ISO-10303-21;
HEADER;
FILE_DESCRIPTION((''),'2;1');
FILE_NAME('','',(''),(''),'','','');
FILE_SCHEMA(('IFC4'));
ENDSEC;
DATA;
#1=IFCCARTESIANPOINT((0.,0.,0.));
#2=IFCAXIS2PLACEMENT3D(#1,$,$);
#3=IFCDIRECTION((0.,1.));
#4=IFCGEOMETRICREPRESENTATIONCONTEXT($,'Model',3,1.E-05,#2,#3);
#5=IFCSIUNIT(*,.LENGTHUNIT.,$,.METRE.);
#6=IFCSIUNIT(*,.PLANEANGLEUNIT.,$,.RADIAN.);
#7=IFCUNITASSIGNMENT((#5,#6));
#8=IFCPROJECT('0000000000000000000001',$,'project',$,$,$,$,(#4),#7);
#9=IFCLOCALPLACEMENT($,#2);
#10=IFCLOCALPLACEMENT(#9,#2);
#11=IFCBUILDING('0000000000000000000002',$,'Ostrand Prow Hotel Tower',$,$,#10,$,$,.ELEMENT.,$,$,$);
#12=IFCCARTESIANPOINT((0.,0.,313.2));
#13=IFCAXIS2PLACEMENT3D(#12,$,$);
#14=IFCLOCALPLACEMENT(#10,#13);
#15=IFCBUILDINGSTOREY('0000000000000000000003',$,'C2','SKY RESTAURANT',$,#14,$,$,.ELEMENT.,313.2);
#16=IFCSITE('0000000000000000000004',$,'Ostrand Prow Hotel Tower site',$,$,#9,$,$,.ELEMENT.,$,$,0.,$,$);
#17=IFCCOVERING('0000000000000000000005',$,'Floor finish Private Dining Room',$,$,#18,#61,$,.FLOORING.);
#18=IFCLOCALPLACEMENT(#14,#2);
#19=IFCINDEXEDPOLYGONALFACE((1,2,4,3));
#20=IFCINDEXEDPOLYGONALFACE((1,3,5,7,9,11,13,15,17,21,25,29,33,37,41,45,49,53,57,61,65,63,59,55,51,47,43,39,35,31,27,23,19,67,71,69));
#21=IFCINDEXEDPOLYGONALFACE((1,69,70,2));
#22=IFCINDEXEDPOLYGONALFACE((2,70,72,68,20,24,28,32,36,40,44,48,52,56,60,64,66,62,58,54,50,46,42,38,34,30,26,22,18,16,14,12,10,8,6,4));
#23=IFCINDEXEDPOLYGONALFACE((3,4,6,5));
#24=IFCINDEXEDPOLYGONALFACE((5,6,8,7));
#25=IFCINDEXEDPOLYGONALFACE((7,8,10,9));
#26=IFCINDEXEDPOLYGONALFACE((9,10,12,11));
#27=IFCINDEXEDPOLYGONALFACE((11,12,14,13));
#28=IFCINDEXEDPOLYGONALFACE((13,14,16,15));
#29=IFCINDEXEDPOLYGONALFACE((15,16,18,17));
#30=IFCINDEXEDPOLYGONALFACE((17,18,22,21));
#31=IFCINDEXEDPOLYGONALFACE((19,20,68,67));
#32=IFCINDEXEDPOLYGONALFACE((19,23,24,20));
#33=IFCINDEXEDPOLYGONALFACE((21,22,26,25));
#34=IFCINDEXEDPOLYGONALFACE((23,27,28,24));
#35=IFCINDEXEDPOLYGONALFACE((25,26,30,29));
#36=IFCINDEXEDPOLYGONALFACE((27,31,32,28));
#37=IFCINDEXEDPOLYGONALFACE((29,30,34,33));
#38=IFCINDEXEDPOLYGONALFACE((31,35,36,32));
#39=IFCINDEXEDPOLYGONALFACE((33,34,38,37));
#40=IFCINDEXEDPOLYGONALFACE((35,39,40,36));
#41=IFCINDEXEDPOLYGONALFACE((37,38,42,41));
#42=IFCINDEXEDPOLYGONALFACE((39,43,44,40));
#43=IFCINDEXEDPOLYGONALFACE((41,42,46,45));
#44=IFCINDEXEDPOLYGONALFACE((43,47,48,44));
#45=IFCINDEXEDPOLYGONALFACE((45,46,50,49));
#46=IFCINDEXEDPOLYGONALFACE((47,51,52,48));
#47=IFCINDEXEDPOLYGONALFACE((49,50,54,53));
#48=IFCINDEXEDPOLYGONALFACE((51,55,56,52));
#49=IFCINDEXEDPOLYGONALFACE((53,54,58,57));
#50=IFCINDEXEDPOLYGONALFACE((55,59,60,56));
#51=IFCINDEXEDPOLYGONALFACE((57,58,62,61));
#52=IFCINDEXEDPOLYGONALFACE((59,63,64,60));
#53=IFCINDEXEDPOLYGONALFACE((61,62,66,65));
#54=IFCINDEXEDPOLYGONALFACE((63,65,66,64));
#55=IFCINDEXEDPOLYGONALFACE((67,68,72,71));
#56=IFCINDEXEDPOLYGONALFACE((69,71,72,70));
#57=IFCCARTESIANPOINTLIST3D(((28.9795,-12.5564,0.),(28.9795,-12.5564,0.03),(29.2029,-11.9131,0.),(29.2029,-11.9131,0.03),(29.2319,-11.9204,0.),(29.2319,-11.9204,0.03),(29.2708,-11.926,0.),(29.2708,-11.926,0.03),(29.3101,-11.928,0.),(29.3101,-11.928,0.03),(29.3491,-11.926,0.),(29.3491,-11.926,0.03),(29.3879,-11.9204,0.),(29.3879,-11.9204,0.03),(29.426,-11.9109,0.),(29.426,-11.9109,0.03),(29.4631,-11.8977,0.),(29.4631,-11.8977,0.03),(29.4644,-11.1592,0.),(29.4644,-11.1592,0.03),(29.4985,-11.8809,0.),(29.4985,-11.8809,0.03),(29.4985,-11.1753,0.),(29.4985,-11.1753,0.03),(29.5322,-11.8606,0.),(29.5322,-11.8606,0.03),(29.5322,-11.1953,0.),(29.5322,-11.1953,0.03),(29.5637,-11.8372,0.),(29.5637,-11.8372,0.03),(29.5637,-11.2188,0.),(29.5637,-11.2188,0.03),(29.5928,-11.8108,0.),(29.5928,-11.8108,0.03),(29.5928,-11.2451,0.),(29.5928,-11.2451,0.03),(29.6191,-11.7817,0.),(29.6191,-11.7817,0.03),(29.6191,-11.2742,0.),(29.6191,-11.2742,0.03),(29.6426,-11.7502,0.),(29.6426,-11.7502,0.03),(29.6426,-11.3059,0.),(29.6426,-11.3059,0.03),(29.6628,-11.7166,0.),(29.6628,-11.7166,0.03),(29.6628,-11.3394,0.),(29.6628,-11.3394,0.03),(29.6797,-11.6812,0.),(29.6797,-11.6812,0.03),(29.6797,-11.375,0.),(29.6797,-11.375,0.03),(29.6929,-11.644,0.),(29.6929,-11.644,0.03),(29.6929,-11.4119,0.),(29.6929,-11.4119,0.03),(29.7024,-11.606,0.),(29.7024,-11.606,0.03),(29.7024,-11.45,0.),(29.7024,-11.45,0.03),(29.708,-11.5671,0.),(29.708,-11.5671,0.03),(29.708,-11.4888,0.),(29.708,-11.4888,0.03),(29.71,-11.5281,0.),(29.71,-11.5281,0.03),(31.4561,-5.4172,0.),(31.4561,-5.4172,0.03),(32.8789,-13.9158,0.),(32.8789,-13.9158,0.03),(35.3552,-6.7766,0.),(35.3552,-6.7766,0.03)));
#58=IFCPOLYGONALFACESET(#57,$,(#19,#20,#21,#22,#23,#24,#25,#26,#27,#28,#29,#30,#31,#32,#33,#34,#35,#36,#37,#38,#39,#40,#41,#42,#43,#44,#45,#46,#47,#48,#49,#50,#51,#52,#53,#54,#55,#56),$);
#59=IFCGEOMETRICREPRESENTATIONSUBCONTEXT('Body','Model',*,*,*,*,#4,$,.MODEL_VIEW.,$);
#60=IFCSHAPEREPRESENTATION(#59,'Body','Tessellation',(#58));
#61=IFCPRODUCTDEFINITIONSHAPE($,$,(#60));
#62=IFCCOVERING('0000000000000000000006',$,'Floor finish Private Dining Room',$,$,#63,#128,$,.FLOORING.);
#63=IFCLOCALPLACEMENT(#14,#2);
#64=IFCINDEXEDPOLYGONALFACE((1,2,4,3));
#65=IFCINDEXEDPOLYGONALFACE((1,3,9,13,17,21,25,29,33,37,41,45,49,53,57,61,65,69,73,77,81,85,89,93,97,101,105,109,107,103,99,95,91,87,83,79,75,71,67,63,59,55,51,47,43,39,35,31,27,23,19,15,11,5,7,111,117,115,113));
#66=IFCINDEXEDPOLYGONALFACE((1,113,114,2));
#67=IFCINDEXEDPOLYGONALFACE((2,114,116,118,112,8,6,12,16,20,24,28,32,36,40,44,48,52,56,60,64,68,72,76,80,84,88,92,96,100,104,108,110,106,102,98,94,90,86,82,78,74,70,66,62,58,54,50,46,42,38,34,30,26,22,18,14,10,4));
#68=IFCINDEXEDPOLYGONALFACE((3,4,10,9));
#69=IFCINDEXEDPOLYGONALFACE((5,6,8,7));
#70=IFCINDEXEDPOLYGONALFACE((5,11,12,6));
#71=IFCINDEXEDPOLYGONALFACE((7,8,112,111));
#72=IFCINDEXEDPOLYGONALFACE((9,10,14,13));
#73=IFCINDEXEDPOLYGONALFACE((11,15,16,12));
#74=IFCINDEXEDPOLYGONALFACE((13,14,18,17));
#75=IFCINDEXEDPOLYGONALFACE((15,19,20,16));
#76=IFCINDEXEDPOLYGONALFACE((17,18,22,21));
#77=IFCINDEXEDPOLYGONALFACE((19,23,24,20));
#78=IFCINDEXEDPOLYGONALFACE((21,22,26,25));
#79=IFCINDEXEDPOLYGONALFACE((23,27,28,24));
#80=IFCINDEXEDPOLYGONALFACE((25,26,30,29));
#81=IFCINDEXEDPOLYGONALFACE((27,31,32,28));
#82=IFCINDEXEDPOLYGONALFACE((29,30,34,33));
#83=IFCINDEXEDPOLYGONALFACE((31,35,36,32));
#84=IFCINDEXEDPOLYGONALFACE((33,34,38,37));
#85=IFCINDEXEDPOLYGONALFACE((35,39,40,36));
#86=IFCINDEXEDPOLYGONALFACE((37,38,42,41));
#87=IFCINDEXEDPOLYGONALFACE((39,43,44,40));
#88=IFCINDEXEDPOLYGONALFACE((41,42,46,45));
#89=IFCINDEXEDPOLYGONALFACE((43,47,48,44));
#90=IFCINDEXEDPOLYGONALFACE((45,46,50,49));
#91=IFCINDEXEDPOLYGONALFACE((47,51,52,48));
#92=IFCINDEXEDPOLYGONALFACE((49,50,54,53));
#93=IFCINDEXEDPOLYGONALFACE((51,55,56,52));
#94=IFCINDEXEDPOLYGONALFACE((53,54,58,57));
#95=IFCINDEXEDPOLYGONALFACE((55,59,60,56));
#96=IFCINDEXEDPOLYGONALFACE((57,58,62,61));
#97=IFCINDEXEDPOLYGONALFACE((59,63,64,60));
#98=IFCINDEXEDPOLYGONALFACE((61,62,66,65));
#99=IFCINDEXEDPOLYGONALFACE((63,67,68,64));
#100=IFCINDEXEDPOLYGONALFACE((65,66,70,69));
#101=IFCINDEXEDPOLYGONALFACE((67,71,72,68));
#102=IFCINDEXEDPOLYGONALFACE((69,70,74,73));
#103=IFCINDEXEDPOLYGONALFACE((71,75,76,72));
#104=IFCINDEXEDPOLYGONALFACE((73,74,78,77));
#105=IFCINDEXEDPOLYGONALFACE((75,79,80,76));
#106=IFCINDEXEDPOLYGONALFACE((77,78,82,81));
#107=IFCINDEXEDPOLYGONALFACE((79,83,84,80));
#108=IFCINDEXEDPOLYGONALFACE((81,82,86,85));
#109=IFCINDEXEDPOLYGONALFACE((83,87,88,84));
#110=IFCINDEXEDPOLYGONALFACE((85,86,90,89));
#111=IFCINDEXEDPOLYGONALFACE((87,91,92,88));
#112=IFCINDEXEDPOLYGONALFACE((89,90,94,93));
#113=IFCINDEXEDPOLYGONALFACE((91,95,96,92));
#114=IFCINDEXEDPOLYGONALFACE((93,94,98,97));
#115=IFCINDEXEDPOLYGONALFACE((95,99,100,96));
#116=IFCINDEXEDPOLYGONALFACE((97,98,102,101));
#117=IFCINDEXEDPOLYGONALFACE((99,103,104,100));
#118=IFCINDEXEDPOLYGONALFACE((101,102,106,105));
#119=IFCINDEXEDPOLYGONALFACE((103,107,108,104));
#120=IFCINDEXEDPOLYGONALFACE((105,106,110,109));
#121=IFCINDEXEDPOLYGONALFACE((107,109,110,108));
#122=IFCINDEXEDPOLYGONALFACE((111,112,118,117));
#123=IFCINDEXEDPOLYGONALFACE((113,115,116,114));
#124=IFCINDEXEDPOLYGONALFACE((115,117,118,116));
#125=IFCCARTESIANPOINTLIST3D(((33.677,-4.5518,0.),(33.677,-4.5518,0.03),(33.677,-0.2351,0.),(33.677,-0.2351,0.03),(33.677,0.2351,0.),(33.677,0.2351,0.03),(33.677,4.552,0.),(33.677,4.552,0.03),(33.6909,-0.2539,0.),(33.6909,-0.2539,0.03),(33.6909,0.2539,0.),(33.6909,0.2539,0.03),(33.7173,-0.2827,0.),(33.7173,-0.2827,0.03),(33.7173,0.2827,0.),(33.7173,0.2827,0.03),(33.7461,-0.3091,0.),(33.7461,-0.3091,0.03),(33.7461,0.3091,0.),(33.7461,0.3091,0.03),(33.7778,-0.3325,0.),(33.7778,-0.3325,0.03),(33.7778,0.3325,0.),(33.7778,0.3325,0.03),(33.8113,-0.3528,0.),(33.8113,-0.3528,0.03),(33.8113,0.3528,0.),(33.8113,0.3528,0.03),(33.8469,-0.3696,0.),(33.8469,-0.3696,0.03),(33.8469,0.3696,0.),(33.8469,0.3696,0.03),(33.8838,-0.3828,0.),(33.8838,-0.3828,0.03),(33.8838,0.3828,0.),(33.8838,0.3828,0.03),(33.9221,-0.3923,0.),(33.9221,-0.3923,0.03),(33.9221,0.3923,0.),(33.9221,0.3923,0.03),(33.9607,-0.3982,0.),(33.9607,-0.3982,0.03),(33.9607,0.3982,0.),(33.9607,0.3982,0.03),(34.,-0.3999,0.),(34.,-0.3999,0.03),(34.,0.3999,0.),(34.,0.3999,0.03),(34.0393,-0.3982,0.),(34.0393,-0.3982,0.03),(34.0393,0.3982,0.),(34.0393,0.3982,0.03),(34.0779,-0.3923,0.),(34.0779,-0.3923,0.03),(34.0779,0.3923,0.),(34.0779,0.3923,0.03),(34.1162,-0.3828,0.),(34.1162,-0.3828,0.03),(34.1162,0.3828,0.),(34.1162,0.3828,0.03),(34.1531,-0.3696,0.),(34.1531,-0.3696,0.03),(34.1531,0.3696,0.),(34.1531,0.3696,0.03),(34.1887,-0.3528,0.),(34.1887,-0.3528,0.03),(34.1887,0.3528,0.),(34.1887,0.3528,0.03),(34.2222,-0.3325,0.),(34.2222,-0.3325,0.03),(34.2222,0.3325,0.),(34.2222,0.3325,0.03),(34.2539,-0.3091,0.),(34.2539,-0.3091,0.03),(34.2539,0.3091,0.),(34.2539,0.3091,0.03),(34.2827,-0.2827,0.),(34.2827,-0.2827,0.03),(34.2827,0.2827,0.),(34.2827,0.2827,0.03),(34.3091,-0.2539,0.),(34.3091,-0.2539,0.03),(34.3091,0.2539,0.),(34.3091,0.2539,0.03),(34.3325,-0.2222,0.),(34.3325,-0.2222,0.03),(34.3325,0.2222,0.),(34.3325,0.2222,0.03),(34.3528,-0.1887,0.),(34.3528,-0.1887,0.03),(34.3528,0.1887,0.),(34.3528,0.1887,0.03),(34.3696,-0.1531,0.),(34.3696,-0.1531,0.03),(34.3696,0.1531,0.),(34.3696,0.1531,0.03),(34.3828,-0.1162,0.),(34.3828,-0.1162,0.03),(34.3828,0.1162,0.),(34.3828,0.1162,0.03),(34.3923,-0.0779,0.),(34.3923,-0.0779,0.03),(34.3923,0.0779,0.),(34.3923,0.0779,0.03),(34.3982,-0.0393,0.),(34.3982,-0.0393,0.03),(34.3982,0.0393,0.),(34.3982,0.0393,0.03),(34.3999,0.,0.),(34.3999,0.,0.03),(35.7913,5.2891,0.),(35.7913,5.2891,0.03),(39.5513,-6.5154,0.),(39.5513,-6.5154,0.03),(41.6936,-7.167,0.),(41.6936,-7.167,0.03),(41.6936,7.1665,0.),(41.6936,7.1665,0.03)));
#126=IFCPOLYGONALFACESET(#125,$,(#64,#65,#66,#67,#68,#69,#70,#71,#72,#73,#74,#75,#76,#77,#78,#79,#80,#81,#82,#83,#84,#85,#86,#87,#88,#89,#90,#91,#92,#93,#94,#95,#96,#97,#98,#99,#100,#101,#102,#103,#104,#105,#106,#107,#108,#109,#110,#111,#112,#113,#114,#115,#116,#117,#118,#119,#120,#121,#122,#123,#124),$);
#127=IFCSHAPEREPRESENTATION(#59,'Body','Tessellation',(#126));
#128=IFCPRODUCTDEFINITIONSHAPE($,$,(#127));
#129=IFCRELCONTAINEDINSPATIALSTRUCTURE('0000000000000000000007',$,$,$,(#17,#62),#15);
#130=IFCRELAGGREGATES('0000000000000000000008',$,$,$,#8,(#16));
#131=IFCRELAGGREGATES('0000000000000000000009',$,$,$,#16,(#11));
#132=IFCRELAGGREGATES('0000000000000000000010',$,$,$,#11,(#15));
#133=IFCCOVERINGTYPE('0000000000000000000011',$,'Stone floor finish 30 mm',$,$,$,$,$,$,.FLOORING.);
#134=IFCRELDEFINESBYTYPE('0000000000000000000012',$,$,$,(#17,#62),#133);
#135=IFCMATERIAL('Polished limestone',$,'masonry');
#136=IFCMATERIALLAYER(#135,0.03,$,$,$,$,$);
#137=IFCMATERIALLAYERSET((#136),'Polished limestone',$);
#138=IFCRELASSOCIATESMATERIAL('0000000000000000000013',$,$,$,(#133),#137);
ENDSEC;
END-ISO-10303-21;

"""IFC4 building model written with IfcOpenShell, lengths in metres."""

from ifc_helpers import new_model, si_unit, direction, frame, origin, place, context, subcontext, project, spatial, polyline, outline, extrude, material, layer, layer_set, type_object, element, save


model = new_model("IFC4")

# Units and contexts
model_context = context("Model", 3, precision=1e-05, world=origin(), true_north=direction((0.0, 1.0)))
body_context = subcontext(model_context, "Body", "Model", "MODEL_VIEW")
ifc_project = project(units=[si_unit("LENGTHUNIT", "METRE"), si_unit("PLANEANGLEUNIT", "RADIAN")], contexts=[model_context])

# Site, building, storey
site_placement = place(None, origin())
site = spatial("IfcSite", under=ifc_project, at=site_placement, Name="Ostrand Prow Hotel Tower site", CompositionType="ELEMENT", RefElevation=0.0)
building_placement = place(site_placement, origin())
building = spatial("IfcBuilding", under=site, at=building_placement, Name="Ostrand Prow Hotel Tower", CompositionType="ELEMENT")
storey_placement = place(building_placement, frame((0.0, 0.0, 313.2)))
storey = spatial("IfcBuildingStorey", under=building, at=storey_placement, Name="C2", Description="SKY RESTAURANT", CompositionType="ELEMENT", Elevation=313.2)

# Coverings
ifc_material_1 = material(Name="Polished limestone", Category="masonry")
ifc_layer_1 = layer(ifc_material_1, 0.03)
ifc_layer_set_1 = layer_set([ifc_layer_1], Name="Polished limestone")
covering_type_1 = type_object("IfcCoveringType", Name="Stone floor finish 30 mm", PredefinedType="FLOORING", material=ifc_layer_set_1)
covering_1_placement = place(storey_placement, origin())
element("IfcCovering", 1, at=covering_1_placement, inside=storey, type_object=covering_type_1, Name="Floor finish Private Dining Room", PredefinedType="FLOORING", context=body_context, shape_type="SweptSolid", body=[
    extrude(outline(polyline([(28.9795, -12.5564), (32.8789, -13.9158), (35.3552, -6.7766), (31.4561, -5.4172), (29.4644, -11.1592), (29.4985, -11.1753), (29.5322, -11.1953), (29.5637, -11.2188), (29.5928, -11.2451), (29.6191, -11.2742), (29.6426, -11.3059), (29.6628, -11.3394), (29.6797, -11.375), (29.6929, -11.4119), (29.7024, -11.45), (29.708, -11.4888), (29.71, -11.5281), (29.708, -11.5671), (29.7024, -11.606), (29.6929, -11.644), (29.6797, -11.6812), (29.6628, -11.7166), (29.6426, -11.7502), (29.6191, -11.7817), (29.5928, -11.8108), (29.5637, -11.8372), (29.5322, -11.8606), (29.4985, -11.8809), (29.4631, -11.8977), (29.426, -11.9109), (29.3879, -11.9204), (29.3491, -11.926), (29.3101, -11.928), (29.2708, -11.926), (29.2319, -11.9204), (29.2029, -11.9131), (28.9795, -12.5564)])), origin(), (0.0, 0.0, 1.0), 0.03),
])
covering_2_placement = place(storey_placement, origin())
element("IfcCovering", 2, at=covering_2_placement, inside=storey, type_object=covering_type_1, Name="Floor finish Private Dining Room", PredefinedType="FLOORING", context=body_context, shape_type="SweptSolid", body=[
    extrude(outline(polyline([(41.6936, 7.1665), (35.7913, 5.2891), (33.677, 4.552), (33.677, 0.2351), (33.6909, 0.2539), (33.7173, 0.2827), (33.7461, 0.3091), (33.7778, 0.3325), (33.8113, 0.3528), (33.8469, 0.3696), (33.8838, 0.3828), (33.9221, 0.3923), (33.9607, 0.3982), (34.0, 0.3999), (34.0393, 0.3982), (34.0779, 0.3923), (34.1162, 0.3828), (34.1531, 0.3696), (34.1887, 0.3528), (34.2222, 0.3325), (34.2539, 0.3091), (34.2827, 0.2827), (34.3091, 0.2539), (34.3325, 0.2222), (34.3528, 0.1887), (34.3696, 0.1531), (34.3828, 0.1162), (34.3923, 0.0779), (34.3982, 0.0393), (34.3999, 0.0), (34.3982, -0.0393), (34.3923, -0.0779), (34.3828, -0.1162), (34.3696, -0.1531), (34.3528, -0.1887), (34.3325, -0.2222), (34.3091, -0.2539), (34.2827, -0.2827), (34.2539, -0.3091), (34.2222, -0.3325), (34.1887, -0.3528), (34.1531, -0.3696), (34.1162, -0.3828), (34.0779, -0.3923), (34.0393, -0.3982), (34.0, -0.3999), (33.9607, -0.3982), (33.9221, -0.3923), (33.8838, -0.3828), (33.8469, -0.3696), (33.8113, -0.3528), (33.7778, -0.3325), (33.7461, -0.3091), (33.7173, -0.2827), (33.6909, -0.2539), (33.677, -0.2351), (33.677, -4.5518), (39.5513, -6.5154), (41.6936, -7.167), (41.6936, 7.1665)])), origin(), (0.0, 0.0, 1.0), 0.03),
])

save(model, "model.ifc")
